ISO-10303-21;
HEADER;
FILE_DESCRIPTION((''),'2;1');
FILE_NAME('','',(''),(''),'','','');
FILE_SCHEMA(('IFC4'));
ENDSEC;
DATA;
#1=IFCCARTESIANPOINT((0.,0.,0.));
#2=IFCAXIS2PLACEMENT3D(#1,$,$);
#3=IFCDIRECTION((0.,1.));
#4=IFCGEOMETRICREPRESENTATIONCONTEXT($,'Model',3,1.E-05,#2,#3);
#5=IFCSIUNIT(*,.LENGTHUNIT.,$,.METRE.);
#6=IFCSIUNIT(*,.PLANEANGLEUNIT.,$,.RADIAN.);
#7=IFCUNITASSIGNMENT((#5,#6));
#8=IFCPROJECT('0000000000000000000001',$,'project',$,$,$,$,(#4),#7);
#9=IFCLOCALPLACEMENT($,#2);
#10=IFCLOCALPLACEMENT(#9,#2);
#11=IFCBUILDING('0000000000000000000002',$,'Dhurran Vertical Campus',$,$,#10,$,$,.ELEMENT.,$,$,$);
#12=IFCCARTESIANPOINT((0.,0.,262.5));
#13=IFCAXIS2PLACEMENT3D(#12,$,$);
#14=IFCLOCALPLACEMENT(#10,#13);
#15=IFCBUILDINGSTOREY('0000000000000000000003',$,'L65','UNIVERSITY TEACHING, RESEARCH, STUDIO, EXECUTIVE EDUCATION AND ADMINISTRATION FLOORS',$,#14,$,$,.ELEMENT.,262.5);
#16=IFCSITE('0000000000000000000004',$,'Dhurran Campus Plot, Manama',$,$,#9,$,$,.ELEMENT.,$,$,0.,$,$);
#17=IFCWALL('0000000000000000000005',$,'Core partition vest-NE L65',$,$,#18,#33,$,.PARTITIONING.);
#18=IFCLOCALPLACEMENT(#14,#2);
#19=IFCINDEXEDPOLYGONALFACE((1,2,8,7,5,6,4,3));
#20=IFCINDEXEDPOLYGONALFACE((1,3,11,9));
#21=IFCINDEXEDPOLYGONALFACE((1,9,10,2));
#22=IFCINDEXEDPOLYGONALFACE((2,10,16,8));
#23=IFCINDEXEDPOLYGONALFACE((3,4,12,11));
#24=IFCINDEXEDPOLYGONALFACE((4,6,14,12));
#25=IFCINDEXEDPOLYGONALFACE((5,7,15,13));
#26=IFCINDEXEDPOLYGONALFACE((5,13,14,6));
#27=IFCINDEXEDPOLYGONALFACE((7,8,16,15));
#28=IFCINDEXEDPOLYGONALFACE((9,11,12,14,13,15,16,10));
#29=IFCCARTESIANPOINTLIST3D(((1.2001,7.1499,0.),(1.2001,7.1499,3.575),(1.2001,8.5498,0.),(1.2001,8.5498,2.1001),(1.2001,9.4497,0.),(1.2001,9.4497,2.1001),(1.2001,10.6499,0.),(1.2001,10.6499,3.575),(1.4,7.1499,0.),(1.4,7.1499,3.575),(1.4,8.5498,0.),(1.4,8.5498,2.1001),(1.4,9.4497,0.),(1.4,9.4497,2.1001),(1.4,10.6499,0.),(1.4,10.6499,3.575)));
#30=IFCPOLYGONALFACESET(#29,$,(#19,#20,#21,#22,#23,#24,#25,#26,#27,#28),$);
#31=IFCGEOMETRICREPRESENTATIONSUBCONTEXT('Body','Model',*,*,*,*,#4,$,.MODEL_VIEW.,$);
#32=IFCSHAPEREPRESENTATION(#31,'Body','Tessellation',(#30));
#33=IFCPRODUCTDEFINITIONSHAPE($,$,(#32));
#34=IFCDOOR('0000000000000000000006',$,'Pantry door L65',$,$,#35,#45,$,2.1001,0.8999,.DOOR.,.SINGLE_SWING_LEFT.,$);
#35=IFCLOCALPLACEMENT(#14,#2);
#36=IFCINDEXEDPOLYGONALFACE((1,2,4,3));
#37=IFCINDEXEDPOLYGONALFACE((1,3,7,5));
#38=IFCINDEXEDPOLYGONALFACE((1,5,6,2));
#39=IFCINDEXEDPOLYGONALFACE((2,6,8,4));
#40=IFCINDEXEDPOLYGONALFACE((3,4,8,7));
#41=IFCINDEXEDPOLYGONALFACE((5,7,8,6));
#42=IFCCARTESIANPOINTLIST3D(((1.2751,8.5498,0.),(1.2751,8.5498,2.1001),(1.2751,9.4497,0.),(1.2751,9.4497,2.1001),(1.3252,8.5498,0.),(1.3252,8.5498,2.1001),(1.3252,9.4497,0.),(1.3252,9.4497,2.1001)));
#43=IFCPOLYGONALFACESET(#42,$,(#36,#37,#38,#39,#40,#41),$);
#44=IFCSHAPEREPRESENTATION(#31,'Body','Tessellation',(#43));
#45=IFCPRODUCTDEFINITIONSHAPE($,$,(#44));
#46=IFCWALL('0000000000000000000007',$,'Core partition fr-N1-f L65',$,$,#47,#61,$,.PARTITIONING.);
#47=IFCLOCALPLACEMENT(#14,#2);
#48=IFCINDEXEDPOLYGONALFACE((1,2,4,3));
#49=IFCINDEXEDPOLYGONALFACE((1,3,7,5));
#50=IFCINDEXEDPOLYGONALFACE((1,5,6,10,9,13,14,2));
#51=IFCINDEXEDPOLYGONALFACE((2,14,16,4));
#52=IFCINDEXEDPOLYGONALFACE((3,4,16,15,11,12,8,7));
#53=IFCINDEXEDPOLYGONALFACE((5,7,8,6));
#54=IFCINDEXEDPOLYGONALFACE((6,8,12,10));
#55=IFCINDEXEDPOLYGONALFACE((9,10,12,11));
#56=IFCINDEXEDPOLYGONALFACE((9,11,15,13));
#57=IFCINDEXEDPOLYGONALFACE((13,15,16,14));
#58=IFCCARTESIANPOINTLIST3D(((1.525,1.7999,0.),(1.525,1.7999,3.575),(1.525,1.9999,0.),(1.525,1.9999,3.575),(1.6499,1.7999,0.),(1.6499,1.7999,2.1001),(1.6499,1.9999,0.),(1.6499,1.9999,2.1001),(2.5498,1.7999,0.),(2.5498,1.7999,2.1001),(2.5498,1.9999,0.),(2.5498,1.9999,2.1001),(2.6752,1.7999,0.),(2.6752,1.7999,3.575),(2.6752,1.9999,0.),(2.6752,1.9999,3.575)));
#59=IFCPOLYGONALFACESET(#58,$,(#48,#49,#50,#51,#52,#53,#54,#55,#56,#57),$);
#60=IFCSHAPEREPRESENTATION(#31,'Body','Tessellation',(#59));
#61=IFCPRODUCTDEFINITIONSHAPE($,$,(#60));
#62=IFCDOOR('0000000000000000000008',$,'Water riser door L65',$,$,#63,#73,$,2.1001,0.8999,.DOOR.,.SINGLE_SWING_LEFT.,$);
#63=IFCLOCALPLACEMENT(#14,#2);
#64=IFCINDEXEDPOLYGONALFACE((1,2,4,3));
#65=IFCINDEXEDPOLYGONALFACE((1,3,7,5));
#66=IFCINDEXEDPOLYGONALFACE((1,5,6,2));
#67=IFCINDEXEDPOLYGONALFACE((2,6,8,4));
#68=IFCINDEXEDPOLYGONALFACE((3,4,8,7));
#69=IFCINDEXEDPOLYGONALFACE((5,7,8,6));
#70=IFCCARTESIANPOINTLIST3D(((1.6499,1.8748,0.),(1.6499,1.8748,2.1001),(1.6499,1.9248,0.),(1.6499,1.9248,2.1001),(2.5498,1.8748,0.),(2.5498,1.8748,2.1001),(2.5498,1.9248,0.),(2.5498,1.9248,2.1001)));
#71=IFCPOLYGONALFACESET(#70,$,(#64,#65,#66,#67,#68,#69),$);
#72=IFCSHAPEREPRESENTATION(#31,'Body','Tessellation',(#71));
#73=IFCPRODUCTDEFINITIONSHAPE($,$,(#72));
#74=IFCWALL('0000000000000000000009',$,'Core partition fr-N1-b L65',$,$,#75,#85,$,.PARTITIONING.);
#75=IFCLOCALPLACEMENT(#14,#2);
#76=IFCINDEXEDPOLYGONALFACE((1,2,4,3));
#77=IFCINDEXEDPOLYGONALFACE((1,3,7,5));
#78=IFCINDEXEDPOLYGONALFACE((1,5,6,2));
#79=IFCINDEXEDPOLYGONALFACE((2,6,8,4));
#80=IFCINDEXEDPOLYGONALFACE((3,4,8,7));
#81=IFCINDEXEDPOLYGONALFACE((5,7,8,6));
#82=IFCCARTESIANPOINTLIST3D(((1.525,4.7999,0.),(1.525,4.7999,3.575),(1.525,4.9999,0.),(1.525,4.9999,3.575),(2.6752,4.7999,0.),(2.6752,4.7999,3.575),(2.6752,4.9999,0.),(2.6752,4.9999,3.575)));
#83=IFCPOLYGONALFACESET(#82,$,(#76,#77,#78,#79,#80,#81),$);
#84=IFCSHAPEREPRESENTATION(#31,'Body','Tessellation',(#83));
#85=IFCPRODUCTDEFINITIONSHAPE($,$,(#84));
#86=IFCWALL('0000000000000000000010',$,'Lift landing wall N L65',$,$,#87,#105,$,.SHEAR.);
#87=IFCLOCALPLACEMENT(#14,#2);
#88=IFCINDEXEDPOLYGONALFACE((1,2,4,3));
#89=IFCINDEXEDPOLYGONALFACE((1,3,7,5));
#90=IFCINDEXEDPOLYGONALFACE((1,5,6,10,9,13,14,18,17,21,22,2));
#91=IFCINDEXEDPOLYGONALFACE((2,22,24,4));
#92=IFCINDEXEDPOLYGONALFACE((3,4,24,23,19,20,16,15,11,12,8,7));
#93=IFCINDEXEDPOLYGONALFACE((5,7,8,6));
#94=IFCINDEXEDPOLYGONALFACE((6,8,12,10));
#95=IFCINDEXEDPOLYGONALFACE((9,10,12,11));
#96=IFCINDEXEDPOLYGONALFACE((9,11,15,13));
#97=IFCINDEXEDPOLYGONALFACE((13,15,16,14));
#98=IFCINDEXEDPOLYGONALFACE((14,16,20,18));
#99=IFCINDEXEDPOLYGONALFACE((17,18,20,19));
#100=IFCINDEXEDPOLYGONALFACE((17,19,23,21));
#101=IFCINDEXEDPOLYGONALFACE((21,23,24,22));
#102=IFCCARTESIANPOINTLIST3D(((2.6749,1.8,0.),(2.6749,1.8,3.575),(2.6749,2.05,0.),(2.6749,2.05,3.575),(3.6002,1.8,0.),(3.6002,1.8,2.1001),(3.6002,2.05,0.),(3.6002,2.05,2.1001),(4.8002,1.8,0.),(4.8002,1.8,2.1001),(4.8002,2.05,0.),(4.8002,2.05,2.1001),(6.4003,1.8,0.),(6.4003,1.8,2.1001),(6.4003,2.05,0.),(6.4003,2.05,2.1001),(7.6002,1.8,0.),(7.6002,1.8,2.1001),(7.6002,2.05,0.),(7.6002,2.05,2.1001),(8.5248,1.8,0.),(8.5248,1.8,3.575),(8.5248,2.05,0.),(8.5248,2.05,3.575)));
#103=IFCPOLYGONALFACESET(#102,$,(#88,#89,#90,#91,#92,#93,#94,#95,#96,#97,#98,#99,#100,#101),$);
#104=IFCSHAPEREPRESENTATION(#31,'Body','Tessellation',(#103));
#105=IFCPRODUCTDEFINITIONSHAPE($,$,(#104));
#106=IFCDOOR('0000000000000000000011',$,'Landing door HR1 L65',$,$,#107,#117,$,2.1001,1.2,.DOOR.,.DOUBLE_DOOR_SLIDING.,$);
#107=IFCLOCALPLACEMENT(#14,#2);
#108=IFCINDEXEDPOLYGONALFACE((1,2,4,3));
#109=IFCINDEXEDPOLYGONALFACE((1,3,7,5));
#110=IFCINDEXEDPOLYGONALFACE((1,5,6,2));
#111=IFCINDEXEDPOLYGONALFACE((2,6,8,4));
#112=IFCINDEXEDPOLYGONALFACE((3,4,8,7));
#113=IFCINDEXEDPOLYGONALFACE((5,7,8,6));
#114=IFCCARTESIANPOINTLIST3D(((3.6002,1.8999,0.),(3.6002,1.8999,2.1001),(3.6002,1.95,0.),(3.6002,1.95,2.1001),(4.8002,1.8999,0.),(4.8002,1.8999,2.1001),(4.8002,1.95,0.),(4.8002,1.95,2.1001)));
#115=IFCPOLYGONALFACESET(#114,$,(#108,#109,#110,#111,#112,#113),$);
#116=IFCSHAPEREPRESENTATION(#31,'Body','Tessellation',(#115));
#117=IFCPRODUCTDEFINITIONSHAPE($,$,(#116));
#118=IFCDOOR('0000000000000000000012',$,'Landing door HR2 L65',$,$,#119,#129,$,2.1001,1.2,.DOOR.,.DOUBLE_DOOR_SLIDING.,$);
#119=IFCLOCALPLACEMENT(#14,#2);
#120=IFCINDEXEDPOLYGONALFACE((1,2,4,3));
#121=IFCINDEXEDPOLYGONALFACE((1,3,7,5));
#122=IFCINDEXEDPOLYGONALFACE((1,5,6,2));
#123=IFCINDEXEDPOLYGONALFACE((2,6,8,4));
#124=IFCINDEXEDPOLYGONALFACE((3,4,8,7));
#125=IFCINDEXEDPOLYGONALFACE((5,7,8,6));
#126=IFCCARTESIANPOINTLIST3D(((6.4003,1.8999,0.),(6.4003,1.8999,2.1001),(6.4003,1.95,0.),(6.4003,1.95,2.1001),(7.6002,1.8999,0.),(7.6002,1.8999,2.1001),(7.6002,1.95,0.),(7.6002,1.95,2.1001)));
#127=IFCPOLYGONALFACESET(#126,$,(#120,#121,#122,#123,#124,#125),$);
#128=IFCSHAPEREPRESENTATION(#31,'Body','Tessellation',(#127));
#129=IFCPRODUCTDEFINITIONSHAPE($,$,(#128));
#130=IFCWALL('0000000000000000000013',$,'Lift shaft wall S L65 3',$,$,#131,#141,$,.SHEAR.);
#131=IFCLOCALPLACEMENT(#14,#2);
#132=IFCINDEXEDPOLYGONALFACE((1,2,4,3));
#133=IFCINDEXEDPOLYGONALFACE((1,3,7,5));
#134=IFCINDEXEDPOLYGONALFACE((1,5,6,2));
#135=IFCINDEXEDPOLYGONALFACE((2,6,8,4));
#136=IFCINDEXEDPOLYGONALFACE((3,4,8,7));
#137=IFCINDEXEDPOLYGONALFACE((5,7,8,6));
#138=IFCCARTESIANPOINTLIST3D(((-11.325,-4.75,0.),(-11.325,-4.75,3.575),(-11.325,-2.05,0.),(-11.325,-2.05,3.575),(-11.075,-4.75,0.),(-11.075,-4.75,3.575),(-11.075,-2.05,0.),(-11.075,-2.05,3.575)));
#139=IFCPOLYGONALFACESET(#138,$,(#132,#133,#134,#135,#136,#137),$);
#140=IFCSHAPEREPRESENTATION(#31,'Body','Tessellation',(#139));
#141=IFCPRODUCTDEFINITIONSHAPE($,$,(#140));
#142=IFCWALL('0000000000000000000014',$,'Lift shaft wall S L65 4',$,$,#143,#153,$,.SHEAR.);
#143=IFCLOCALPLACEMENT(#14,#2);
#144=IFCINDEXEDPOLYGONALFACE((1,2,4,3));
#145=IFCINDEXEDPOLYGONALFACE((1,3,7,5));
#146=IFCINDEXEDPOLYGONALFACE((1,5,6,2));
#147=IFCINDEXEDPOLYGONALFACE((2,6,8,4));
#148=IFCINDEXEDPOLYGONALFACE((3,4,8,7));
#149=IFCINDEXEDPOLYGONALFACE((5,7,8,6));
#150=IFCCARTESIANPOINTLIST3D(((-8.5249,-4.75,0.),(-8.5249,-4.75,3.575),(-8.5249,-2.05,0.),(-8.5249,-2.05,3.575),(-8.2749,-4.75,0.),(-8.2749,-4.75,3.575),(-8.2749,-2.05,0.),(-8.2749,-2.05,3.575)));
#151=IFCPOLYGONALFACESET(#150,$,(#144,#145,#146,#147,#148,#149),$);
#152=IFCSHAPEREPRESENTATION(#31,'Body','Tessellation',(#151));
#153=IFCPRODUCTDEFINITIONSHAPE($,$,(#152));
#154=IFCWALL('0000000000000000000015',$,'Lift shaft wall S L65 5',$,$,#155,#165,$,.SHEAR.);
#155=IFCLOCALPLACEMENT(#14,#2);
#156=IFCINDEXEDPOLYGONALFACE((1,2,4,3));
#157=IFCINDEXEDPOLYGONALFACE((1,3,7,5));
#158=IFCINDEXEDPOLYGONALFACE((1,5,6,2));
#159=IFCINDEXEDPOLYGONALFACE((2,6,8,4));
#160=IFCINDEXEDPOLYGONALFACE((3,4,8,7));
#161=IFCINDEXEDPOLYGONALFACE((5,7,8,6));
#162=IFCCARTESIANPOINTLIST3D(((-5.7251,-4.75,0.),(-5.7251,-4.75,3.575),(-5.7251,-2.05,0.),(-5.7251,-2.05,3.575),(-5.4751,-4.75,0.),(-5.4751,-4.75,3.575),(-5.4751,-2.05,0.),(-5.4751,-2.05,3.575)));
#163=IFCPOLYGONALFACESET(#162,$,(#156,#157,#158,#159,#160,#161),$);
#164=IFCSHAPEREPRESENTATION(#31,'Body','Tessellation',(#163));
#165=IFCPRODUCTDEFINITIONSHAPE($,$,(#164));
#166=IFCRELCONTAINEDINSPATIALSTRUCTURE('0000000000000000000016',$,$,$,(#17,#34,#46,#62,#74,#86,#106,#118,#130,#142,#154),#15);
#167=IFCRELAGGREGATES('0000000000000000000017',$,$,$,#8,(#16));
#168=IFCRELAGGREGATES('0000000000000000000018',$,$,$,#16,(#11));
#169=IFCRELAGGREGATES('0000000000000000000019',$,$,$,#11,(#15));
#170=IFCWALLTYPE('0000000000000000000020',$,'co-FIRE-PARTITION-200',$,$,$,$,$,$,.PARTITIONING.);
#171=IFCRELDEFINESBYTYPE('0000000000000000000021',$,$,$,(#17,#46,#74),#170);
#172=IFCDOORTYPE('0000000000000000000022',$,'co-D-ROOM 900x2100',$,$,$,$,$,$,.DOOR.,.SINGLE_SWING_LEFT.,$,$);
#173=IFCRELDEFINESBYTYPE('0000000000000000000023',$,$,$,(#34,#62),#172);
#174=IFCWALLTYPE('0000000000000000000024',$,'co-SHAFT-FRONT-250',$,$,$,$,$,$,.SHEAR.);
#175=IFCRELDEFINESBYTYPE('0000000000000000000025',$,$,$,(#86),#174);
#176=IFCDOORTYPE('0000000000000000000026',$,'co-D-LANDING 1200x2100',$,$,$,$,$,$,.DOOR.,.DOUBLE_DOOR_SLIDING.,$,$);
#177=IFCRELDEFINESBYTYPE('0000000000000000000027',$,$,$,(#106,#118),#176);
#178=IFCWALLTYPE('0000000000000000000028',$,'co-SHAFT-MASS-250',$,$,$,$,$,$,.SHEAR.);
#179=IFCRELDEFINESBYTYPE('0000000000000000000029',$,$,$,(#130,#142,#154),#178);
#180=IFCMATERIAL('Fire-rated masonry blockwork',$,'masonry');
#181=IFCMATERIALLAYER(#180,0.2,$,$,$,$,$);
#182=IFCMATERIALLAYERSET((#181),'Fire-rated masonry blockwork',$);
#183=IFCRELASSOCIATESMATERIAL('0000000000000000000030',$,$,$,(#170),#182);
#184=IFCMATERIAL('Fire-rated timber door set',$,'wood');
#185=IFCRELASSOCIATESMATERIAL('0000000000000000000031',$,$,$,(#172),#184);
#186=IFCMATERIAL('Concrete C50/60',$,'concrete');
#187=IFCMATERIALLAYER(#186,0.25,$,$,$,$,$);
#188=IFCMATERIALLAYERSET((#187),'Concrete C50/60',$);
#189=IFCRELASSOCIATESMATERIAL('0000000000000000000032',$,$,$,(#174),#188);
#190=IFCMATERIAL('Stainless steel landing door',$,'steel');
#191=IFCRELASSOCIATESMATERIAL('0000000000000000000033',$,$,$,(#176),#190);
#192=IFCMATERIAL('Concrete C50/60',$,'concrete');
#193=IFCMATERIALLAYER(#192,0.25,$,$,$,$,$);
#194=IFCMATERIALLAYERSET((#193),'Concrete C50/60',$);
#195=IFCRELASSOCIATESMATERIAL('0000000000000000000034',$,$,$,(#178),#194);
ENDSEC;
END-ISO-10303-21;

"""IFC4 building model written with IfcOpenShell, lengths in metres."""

from ifc_helpers import new_model, si_unit, direction, frame, frame_2d, origin, place, context, subcontext, project, spatial, polyline, rectangle, outline, extrude, material, layer, layer_set, type_object, element, fill, save


model = new_model("IFC4")

# Units and contexts
model_context = context("Model", 3, precision=1e-05, world=origin(), true_north=direction((0.0, 1.0)))
body_context = subcontext(model_context, "Body", "Model", "MODEL_VIEW")
ifc_project = project(units=[si_unit("LENGTHUNIT", "METRE"), si_unit("PLANEANGLEUNIT", "RADIAN")], contexts=[model_context])

# Site, building, storey
site_placement = place(None, origin())
site = spatial("IfcSite", under=ifc_project, at=site_placement, Name="Dhurran Campus Plot, Manama", CompositionType="ELEMENT", RefElevation=0.0)
building_placement = place(site_placement, origin())
building = spatial("IfcBuilding", under=site, at=building_placement, Name="Dhurran Vertical Campus", CompositionType="ELEMENT")
storey_placement = place(building_placement, frame((0.0, 0.0, 262.5)))
storey = spatial("IfcBuildingStorey", under=building, at=storey_placement, Name="L65", Description="UNIVERSITY TEACHING, RESEARCH, STUDIO, EXECUTIVE EDUCATION AND ADMINISTRATION FLOORS", CompositionType="ELEMENT", Elevation=262.5)

# Shared definitions
ifc_material_1 = material(Name="Fire-rated masonry blockwork", Category="masonry")
ifc_layer_1 = layer(ifc_material_1, 0.2)
ifc_layer_set_1 = layer_set([ifc_layer_1], Name="Fire-rated masonry blockwork")
wall_type_1 = type_object("IfcWallType", Name="co-FIRE-PARTITION-200", PredefinedType="PARTITIONING", material=ifc_layer_set_1)

# Walls, openings, doors
wall_1_placement = place(storey_placement, frame((1.3, 7.1499, 0.0), z_axis=(0.0, 0.0, 1.0), x_axis=(0.0, 1.0, 0.0)))
wall_1 = element("IfcWall", 1, at=wall_1_placement, inside=storey, type_object=wall_type_1, Name="Core partition vest-NE L65", PredefinedType="PARTITIONING", context=body_context, shape_type="SweptSolid", body=[
    extrude(rectangle(XDim=3.5, YDim=0.2, at=frame_2d((1.75, 0.0))), origin(), (0.0, 0.0, 1.0), 3.575),
])
opening_1_placement = place(wall_1_placement, frame((1.3999, 0.0, 0.0)))
opening_1 = element("IfcOpeningElement", 2, at=opening_1_placement, cuts=wall_1, PredefinedType="OPENING", context=body_context, shape_type="SweptSolid", body=[
    extrude(rectangle(XDim=0.8999, YDim=2.1001, at=frame_2d((0.45, 1.05))), frame((0.0, 0.1099, 0.0), z_axis=(0.0, -1.0, 0.0), x_axis=(1.0, 0.0, 0.0)), (0.0, 0.0, 1.0), 0.22),
])
ifc_material_2 = material(Name="Fire-rated timber door set", Category="wood")
door_type_1 = type_object("IfcDoorType", Name="co-D-ROOM 900x2100", OperationType="SINGLE_SWING_LEFT", PredefinedType="DOOR", material=ifc_material_2)
door_1_placement = place(opening_1_placement, origin())
door_1 = element("IfcDoor", 3, at=door_1_placement, inside=storey, type_object=door_type_1, Name="Pantry door L65", OperationType="SINGLE_SWING_LEFT", OverallHeight=2.1001, OverallWidth=0.8999, PredefinedType="DOOR", context=body_context, shape_type="SweptSolid", body=[
    extrude(rectangle(XDim=0.8999, YDim=2.1001, at=frame_2d((0.45, 1.05))), frame((0.0, 0.0249, 0.0), z_axis=(0.0, -1.0, 0.0), x_axis=(1.0, 0.0, 0.0)), (0.0, 0.0, 1.0), 0.05),
])
fill(opening_1, door_1)
wall_2_placement = place(storey_placement, frame((1.5249, 1.8999, 0.0), z_axis=(0.0, 0.0, 1.0), x_axis=(1.0, 0.0, 0.0)))
wall_2 = element("IfcWall", 4, at=wall_2_placement, inside=storey, type_object=wall_type_1, Name="Core partition fr-N1-f L65", PredefinedType="PARTITIONING", context=body_context, shape_type="SweptSolid", body=[
    extrude(rectangle(XDim=1.1501, YDim=0.2, at=frame_2d((0.5752, 0.0))), origin(), (0.0, 0.0, 1.0), 3.575),
])
opening_2_placement = place(wall_2_placement, frame((0.125, 0.0, 0.0)))
opening_2 = element("IfcOpeningElement", 5, at=opening_2_placement, cuts=wall_2, PredefinedType="OPENING", context=body_context, shape_type="SweptSolid", body=[
    extrude(rectangle(XDim=0.8999, YDim=2.1001, at=frame_2d((0.45, 1.05))), frame((0.0, 0.1099, 0.0), z_axis=(0.0, -1.0, 0.0), x_axis=(1.0, 0.0, 0.0)), (0.0, 0.0, 1.0), 0.22),
])
door_2_placement = place(opening_2_placement, origin())
door_2 = element("IfcDoor", 6, at=door_2_placement, inside=storey, type_object=door_type_1, Name="Water riser door L65", OperationType="SINGLE_SWING_LEFT", OverallHeight=2.1001, OverallWidth=0.8999, PredefinedType="DOOR", context=body_context, shape_type="SweptSolid", body=[
    extrude(rectangle(XDim=0.8999, YDim=2.1001, at=frame_2d((0.45, 1.05))), frame((0.0, 0.0249, 0.0), z_axis=(0.0, -1.0, 0.0), x_axis=(1.0, 0.0, 0.0)), (0.0, 0.0, 1.0), 0.05),
])
fill(opening_2, door_2)

# Wall
wall_3_placement = place(storey_placement, frame((1.5249, 4.8999, 0.0), z_axis=(0.0, 0.0, 1.0), x_axis=(1.0, 0.0, 0.0)))
element("IfcWall", 7, at=wall_3_placement, inside=storey, type_object=wall_type_1, Name="Core partition fr-N1-b L65", PredefinedType="PARTITIONING", context=body_context, shape_type="SweptSolid", body=[
    extrude(rectangle(XDim=1.1501, YDim=0.2, at=frame_2d((0.5752, 0.0))), origin(), (0.0, 0.0, 1.0), 3.575),
])

# Wall, openings, doors
ifc_material_3 = material(Name="Concrete C50/60", Category="concrete")
ifc_layer_2 = layer(ifc_material_3, 0.25)
ifc_layer_set_2 = layer_set([ifc_layer_2], Name="Concrete C50/60")
wall_type_2 = type_object("IfcWallType", Name="co-SHAFT-FRONT-250", PredefinedType="SHEAR", material=ifc_layer_set_2)
wall_4_placement = place(storey_placement, frame((2.675, 1.925, 0.0), z_axis=(0.0, 0.0, 1.0), x_axis=(1.0, 0.0, 0.0)))
wall_4 = element("IfcWall", 8, at=wall_4_placement, inside=storey, type_object=wall_type_2, Name="Lift landing wall N L65", PredefinedType="SHEAR", context=body_context, shape_type="SweptSolid", body=[
    extrude(rectangle(XDim=5.8499, YDim=0.25, at=frame_2d((2.9248, 0.0))), origin(), (0.0, 0.0, 1.0), 3.575),
])
opening_3_placement = place(wall_4_placement, frame((0.925, 0.0, 0.0)))
opening_3 = element("IfcOpeningElement", 9, at=opening_3_placement, cuts=wall_4, PredefinedType="OPENING", context=body_context, shape_type="SweptSolid", body=[
    extrude(rectangle(XDim=1.2, YDim=2.1001, at=frame_2d((0.6001, 1.05))), frame((0.0, 0.135, 0.0), z_axis=(0.0, -1.0, 0.0), x_axis=(1.0, 0.0, 0.0)), (0.0, 0.0, 1.0), 0.27),
])
opening_4_placement = place(wall_4_placement, frame((3.7251, 0.0, 0.0)))
opening_4 = element("IfcOpeningElement", 10, at=opening_4_placement, cuts=wall_4, PredefinedType="OPENING", context=body_context, shape_type="SweptSolid", body=[
    extrude(rectangle(XDim=1.2, YDim=2.1001, at=frame_2d((0.6001, 1.05))), frame((0.0, 0.135, 0.0), z_axis=(0.0, -1.0, 0.0), x_axis=(1.0, 0.0, 0.0)), (0.0, 0.0, 1.0), 0.27),
])
ifc_material_4 = material(Name="Stainless steel landing door", Category="steel")
door_type_2 = type_object("IfcDoorType", Name="co-D-LANDING 1200x2100", OperationType="DOUBLE_DOOR_SLIDING", PredefinedType="DOOR", material=ifc_material_4)
door_3_placement = place(opening_3_placement, origin())
door_3 = element("IfcDoor", 11, at=door_3_placement, inside=storey, type_object=door_type_2, Name="Landing door HR1 L65", OperationType="DOUBLE_DOOR_SLIDING", OverallHeight=2.1001, OverallWidth=1.2, PredefinedType="DOOR", context=body_context, shape_type="SweptSolid", body=[
    extrude(rectangle(XDim=1.2, YDim=2.1001, at=frame_2d((0.6001, 1.05))), frame((0.0, 0.0249, 0.0), z_axis=(0.0, -1.0, 0.0), x_axis=(1.0, 0.0, 0.0)), (0.0, 0.0, 1.0), 0.05),
])
fill(opening_3, door_3)
door_4_placement = place(opening_4_placement, origin())
door_4 = element("IfcDoor", 12, at=door_4_placement, inside=storey, type_object=door_type_2, Name="Landing door HR2 L65", OperationType="DOUBLE_DOOR_SLIDING", OverallHeight=2.1001, OverallWidth=1.2, PredefinedType="DOOR", context=body_context, shape_type="SweptSolid", body=[
    extrude(rectangle(XDim=1.2, YDim=2.1001, at=frame_2d((0.6001, 1.05))), frame((0.0, 0.0249, 0.0), z_axis=(0.0, -1.0, 0.0), x_axis=(1.0, 0.0, 0.0)), (0.0, 0.0, 1.0), 0.05),
])
fill(opening_4, door_4)

# Walls
ifc_material_5 = material(Name="Concrete C50/60", Category="concrete")
ifc_layer_3 = layer(ifc_material_5, 0.25)
ifc_layer_set_3 = layer_set([ifc_layer_3], Name="Concrete C50/60")
wall_type_3 = type_object("IfcWallType", Name="co-SHAFT-MASS-250", PredefinedType="SHEAR", material=ifc_layer_set_3)
wall_5_placement = place(storey_placement, origin())
element("IfcWall", 13, at=wall_5_placement, inside=storey, type_object=wall_type_3, Name="Lift shaft wall S L65 3", PredefinedType="SHEAR", context=body_context, shape_type="SweptSolid", body=[
    extrude(outline(polyline([(-11.325, -4.75), (-11.075, -4.75), (-11.075, -2.05), (-11.325, -2.05), (-11.325, -4.75)])), origin(), (0.0, 0.0, 1.0), 3.575),
])
wall_6_placement = place(storey_placement, origin())
element("IfcWall", 14, at=wall_6_placement, inside=storey, type_object=wall_type_3, Name="Lift shaft wall S L65 4", PredefinedType="SHEAR", context=body_context, shape_type="SweptSolid", body=[
    extrude(outline(polyline([(-8.5249, -4.75), (-8.2749, -4.75), (-8.2749, -2.05), (-8.5249, -2.05), (-8.5249, -4.75)])), origin(), (0.0, 0.0, 1.0), 3.575),
])
wall_7_placement = place(storey_placement, origin())
element("IfcWall", 15, at=wall_7_placement, inside=storey, type_object=wall_type_3, Name="Lift shaft wall S L65 5", PredefinedType="SHEAR", context=body_context, shape_type="SweptSolid", body=[
    extrude(outline(polyline([(-5.7251, -4.75), (-5.4751, -4.75), (-5.4751, -2.05), (-5.7251, -2.05), (-5.7251, -4.75)])), origin(), (0.0, 0.0, 1.0), 3.575),
])

save(model, "model.ifc")
